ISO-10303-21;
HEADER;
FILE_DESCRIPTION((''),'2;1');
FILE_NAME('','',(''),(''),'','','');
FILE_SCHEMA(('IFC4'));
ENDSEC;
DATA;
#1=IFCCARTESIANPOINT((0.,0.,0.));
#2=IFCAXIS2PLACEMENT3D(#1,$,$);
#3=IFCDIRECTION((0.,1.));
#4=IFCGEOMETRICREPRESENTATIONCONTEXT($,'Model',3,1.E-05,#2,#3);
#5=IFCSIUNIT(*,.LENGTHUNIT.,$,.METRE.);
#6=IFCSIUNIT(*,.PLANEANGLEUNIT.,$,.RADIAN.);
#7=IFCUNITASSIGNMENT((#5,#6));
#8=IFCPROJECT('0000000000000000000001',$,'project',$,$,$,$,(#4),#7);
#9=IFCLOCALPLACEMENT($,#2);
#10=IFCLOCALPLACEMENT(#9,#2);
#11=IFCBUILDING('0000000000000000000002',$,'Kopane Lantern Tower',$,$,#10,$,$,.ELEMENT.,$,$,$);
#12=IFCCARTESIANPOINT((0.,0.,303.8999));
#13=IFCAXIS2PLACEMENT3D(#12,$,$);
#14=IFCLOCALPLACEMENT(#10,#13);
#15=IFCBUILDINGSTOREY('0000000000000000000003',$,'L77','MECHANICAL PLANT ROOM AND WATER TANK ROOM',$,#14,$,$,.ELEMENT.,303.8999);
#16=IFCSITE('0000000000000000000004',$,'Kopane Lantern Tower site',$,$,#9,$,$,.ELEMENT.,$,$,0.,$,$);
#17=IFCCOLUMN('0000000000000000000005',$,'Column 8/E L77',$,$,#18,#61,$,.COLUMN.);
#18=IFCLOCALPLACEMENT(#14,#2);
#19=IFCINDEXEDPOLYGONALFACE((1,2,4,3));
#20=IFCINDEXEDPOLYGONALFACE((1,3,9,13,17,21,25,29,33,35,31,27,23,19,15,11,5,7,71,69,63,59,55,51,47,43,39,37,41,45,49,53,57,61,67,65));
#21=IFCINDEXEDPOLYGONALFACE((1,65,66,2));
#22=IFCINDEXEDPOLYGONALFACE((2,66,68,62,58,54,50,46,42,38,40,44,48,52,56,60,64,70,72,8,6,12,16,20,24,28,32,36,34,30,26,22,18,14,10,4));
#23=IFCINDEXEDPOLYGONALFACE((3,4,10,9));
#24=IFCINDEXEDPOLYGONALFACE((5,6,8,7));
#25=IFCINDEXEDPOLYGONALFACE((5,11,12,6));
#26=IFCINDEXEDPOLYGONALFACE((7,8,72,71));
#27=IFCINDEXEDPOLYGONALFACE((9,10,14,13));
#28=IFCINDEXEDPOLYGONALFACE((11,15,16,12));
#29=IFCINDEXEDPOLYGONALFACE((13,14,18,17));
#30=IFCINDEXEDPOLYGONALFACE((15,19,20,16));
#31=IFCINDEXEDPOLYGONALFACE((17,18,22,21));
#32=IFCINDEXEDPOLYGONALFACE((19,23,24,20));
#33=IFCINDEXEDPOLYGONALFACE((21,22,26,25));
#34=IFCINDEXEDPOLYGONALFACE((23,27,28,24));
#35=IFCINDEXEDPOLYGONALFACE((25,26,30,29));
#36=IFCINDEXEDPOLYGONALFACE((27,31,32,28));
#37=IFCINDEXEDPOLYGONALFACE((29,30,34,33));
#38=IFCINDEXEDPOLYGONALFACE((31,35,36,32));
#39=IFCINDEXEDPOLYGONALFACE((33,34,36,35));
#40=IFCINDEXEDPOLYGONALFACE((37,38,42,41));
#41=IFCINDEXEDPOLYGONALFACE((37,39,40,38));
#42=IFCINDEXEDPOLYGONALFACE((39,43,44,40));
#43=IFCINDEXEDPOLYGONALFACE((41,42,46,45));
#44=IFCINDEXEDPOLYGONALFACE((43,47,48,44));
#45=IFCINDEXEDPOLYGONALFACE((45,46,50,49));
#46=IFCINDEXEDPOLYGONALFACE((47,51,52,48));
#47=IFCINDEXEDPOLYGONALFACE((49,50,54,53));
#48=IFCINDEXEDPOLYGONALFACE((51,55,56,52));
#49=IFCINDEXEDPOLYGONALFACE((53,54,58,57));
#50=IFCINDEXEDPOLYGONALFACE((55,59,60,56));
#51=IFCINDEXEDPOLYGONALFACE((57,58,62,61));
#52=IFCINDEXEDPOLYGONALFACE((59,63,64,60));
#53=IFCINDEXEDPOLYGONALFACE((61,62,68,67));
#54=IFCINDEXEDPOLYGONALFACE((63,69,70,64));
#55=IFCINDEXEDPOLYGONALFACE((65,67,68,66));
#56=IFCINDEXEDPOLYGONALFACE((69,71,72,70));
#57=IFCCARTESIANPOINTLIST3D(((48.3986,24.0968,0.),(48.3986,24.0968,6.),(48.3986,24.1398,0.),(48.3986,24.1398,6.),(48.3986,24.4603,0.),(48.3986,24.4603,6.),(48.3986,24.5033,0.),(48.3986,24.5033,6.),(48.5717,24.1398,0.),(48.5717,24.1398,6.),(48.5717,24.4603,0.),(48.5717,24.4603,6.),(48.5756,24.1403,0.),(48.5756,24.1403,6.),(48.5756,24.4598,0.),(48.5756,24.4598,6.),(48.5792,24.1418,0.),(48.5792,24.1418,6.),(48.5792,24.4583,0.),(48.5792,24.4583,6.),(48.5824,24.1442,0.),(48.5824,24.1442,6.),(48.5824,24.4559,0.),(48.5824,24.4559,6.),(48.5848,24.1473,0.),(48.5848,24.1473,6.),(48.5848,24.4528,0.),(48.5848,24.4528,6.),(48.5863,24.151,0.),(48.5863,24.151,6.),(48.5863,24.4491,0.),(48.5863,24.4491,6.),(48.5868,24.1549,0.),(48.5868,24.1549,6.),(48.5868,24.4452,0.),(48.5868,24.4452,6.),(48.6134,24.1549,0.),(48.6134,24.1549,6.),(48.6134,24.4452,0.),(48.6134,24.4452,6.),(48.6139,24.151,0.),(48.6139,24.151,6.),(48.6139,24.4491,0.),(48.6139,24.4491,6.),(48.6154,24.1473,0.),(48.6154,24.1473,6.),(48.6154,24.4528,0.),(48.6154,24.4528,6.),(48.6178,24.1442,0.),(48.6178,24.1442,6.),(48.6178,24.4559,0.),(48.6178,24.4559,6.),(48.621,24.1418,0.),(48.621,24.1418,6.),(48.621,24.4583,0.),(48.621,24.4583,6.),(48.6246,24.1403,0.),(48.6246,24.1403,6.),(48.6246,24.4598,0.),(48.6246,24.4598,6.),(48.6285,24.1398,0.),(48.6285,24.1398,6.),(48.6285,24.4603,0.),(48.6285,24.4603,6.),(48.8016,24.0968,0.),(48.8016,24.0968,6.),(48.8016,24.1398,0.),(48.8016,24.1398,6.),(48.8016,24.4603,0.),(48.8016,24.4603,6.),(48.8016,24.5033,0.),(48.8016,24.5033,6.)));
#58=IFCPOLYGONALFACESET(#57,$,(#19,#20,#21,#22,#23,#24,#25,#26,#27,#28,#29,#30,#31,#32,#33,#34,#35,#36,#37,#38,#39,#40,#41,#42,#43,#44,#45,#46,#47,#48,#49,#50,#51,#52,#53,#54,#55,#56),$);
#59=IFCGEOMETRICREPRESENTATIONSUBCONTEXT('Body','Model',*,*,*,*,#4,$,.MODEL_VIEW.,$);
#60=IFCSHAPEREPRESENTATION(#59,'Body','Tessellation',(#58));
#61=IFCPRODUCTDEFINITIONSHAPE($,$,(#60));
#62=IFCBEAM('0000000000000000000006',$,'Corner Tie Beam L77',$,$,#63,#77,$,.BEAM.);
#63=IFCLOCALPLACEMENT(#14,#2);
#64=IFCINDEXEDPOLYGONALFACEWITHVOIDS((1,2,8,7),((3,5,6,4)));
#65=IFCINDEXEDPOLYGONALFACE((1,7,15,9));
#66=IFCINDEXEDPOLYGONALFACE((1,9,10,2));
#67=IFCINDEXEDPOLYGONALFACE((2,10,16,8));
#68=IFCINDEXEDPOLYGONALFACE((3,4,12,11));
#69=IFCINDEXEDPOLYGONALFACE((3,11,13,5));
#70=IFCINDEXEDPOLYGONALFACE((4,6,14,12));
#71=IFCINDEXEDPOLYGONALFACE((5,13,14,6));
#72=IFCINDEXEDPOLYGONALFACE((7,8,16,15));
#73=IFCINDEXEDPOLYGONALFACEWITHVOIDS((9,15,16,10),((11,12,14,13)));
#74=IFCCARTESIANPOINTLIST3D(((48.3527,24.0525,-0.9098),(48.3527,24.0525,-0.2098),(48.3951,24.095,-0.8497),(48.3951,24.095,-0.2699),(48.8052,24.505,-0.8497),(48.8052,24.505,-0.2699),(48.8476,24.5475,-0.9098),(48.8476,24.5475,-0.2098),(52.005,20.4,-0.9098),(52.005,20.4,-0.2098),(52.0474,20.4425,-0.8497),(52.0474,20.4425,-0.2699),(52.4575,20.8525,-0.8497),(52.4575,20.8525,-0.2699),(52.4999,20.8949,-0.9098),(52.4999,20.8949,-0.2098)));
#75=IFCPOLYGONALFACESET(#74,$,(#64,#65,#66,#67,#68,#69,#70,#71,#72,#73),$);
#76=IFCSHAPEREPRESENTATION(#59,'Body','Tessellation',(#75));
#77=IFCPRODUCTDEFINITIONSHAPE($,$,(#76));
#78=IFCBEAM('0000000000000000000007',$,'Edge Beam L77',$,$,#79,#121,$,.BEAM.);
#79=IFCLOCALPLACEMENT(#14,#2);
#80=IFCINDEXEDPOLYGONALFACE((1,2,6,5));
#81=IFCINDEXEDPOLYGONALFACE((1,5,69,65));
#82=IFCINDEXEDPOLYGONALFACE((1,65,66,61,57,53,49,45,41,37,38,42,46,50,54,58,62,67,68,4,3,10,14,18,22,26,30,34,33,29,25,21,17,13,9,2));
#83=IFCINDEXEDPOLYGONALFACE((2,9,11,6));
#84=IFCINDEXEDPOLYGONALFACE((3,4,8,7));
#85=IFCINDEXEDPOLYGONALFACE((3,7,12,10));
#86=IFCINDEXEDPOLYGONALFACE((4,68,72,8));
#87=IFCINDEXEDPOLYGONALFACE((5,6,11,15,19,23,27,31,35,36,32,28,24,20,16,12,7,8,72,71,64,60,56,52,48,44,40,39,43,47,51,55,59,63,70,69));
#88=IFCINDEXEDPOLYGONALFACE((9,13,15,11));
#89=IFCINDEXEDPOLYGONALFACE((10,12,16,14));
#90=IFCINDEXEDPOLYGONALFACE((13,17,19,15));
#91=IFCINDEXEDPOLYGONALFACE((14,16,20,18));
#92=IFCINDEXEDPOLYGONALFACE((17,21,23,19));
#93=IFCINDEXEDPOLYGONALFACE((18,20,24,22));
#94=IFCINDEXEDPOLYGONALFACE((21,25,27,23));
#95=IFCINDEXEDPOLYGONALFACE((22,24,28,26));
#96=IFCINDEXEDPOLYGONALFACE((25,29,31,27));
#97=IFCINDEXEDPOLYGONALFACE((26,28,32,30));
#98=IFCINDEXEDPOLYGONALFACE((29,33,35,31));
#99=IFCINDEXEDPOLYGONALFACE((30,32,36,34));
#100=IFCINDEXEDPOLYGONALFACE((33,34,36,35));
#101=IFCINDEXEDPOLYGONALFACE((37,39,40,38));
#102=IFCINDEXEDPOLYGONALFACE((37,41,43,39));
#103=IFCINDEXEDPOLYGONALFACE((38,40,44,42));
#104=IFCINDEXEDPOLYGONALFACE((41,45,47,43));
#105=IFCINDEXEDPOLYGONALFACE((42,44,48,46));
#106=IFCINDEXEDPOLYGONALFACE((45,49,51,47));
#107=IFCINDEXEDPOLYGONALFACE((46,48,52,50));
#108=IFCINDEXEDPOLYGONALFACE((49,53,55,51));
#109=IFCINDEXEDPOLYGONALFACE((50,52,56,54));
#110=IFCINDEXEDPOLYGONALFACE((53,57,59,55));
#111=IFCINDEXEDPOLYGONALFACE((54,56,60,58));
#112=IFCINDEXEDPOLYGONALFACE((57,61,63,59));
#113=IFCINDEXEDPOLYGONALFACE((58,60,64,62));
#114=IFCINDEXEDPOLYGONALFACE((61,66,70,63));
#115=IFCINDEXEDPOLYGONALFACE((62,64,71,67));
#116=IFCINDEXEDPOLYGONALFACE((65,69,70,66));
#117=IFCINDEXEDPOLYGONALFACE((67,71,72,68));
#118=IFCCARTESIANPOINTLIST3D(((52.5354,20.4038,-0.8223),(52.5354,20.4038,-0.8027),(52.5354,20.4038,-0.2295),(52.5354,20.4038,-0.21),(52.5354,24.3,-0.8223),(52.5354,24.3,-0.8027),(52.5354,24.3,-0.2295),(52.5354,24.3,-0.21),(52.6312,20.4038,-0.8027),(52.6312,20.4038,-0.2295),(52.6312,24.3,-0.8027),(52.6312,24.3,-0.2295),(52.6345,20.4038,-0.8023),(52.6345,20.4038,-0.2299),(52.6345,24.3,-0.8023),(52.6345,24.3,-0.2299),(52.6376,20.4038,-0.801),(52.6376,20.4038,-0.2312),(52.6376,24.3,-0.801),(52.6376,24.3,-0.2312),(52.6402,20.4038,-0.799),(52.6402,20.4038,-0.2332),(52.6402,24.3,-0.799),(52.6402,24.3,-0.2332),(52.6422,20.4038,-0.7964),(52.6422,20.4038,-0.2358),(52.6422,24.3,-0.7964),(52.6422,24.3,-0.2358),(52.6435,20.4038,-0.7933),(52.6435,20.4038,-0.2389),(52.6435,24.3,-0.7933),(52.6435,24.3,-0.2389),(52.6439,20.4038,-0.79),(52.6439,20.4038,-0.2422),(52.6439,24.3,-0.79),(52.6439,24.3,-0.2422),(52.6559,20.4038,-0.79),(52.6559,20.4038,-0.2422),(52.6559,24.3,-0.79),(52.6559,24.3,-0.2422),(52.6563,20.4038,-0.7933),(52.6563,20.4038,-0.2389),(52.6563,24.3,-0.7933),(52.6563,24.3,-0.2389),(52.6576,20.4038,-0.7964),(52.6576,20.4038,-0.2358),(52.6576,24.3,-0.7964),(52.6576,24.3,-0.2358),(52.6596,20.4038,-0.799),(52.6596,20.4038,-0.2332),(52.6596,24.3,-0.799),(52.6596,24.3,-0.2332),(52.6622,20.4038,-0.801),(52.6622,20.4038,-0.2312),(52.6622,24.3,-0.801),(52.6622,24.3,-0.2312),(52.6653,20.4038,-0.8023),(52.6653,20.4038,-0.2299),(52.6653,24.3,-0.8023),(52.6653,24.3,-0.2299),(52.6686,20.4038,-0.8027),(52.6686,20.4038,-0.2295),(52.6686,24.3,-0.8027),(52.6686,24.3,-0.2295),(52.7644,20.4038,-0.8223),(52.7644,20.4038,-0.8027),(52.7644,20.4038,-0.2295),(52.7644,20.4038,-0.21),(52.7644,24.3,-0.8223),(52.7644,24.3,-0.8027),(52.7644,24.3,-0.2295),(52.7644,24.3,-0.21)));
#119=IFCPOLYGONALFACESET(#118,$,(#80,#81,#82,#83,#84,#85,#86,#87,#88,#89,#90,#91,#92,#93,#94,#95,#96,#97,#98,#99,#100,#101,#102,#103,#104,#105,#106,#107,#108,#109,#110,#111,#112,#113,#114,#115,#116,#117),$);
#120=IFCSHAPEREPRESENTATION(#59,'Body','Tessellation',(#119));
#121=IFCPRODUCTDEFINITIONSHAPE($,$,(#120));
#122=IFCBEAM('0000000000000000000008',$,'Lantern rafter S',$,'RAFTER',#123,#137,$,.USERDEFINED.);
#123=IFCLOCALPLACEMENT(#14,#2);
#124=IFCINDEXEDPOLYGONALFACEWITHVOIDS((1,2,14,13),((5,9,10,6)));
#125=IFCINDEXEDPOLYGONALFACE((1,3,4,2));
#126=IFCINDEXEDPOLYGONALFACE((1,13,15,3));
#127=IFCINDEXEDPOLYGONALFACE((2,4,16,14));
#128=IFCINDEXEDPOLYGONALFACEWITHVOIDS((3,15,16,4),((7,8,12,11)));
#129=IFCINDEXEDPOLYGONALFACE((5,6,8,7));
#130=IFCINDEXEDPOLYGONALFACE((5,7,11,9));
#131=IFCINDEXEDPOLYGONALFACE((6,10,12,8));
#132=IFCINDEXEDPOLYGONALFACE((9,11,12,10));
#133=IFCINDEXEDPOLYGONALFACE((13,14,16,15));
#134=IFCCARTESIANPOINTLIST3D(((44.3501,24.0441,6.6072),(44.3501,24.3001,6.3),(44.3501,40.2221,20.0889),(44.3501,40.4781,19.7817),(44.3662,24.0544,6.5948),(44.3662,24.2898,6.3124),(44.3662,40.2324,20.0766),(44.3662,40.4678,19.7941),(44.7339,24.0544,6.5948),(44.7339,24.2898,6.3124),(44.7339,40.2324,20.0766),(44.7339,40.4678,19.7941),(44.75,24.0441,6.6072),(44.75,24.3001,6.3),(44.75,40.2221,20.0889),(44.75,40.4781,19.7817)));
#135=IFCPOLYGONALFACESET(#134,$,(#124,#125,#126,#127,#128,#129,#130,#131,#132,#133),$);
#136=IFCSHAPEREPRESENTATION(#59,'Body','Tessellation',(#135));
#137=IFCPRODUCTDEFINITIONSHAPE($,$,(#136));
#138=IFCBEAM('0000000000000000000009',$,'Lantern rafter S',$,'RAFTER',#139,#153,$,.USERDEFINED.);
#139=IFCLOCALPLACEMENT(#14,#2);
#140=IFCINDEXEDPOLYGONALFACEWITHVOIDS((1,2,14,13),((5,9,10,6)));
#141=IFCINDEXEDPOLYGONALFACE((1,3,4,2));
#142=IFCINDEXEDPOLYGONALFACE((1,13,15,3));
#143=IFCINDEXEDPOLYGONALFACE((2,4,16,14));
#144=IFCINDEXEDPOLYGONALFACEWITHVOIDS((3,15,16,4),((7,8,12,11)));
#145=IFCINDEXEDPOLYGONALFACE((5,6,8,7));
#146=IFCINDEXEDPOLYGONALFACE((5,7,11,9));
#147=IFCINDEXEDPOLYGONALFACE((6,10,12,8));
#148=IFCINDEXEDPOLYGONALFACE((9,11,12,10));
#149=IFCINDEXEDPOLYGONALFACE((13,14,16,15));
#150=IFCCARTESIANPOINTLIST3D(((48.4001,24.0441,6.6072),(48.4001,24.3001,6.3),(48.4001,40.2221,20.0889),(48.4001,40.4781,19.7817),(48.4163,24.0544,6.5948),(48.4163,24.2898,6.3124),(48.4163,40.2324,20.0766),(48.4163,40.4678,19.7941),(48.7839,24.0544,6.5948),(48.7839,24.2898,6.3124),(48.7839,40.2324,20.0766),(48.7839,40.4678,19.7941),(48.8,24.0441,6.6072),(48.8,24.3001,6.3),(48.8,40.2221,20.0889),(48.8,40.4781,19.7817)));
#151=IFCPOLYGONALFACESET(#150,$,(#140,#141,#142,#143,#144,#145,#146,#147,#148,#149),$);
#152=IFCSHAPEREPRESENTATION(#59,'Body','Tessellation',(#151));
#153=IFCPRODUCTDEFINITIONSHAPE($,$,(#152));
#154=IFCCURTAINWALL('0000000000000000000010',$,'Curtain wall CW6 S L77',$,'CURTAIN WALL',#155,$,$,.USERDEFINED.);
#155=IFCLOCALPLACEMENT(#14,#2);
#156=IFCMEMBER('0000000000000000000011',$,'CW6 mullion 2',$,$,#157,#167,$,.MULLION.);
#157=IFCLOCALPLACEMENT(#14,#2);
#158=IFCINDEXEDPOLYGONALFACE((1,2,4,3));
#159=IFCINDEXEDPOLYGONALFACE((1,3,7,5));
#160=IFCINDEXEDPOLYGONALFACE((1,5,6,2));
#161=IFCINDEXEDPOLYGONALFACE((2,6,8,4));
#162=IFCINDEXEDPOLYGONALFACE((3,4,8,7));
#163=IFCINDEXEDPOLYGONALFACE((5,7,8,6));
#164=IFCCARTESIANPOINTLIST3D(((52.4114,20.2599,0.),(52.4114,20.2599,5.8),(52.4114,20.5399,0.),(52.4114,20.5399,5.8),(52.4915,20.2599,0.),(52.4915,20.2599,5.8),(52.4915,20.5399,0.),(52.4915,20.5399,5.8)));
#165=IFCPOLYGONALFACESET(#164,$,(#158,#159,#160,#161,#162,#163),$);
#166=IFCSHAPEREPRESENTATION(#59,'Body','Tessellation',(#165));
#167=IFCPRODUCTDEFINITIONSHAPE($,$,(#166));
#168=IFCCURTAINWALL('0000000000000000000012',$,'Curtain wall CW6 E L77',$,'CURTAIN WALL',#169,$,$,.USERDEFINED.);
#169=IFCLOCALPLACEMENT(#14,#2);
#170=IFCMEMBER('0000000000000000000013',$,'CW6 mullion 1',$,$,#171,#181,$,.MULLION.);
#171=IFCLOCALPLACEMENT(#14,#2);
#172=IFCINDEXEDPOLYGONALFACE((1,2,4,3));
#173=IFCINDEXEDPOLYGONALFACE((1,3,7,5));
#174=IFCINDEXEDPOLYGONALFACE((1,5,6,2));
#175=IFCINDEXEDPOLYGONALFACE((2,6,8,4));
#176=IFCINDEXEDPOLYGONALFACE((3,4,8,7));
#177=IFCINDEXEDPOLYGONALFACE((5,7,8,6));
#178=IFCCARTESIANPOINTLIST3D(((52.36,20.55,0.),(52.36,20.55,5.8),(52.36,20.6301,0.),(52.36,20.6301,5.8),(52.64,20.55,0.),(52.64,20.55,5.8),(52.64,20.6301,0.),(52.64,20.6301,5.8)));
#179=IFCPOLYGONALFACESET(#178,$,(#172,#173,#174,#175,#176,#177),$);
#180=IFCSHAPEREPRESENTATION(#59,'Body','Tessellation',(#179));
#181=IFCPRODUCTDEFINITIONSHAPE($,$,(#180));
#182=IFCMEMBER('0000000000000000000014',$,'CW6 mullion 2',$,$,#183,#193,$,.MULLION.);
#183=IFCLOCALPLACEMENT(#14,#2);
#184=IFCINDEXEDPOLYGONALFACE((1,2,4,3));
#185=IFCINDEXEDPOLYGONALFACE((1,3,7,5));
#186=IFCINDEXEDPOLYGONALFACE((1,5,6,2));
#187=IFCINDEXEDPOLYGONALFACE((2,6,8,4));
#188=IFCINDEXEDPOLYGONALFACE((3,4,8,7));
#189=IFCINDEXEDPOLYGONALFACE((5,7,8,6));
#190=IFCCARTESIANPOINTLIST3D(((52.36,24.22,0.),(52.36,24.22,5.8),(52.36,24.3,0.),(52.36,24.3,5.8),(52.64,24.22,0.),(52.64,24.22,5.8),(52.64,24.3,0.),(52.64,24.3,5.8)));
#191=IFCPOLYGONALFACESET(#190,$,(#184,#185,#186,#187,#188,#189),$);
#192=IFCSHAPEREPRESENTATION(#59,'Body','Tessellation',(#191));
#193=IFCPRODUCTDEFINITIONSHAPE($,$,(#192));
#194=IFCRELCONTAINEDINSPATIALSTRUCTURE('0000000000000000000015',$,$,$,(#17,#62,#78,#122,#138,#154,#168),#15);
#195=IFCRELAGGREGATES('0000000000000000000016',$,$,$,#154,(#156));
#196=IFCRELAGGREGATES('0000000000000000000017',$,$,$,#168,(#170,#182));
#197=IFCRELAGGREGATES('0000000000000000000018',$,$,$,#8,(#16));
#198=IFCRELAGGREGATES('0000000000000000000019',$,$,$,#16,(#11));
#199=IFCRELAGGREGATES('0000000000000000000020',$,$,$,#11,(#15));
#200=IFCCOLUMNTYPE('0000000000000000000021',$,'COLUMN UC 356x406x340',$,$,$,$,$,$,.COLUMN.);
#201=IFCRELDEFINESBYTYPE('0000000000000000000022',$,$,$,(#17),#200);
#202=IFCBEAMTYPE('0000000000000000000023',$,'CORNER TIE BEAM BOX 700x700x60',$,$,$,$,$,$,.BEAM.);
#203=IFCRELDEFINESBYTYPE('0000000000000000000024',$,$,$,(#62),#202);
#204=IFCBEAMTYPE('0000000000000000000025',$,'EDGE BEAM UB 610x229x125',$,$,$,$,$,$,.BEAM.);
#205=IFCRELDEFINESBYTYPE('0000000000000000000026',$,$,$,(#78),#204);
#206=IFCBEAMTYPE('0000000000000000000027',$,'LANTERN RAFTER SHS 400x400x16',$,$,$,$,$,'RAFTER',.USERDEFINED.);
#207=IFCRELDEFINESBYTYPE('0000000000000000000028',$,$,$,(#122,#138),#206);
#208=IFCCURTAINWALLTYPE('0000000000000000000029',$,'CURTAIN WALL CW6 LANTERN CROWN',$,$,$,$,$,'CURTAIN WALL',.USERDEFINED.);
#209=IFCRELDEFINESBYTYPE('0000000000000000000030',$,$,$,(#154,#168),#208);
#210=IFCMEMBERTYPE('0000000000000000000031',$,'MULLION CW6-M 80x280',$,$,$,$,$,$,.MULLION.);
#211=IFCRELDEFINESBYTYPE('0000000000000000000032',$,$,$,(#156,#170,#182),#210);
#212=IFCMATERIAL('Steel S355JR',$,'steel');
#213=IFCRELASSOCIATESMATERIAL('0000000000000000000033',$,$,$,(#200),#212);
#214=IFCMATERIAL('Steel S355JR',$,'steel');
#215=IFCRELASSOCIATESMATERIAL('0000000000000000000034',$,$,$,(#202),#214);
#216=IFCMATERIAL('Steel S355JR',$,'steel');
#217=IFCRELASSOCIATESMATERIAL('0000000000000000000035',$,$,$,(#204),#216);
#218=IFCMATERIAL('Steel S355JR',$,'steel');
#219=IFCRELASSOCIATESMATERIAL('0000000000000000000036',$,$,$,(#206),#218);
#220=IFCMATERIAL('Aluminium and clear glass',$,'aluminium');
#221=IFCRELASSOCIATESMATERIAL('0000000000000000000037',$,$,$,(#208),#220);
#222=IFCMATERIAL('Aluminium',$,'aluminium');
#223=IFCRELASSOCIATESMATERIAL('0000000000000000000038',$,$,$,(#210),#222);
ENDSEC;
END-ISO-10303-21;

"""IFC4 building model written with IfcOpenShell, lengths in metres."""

from ifc_helpers import new_model, si_unit, direction, frame, origin, origin_2d, place, context, subcontext, project, spatial, rectangle, hollow_rectangle, i_section, extrude, material, material_profile, profile_set, type_object, element, aggregate, save


model = new_model("IFC4")

# Units and contexts
model_context = context("Model", 3, precision=1e-05, world=origin(), true_north=direction((0.0, 1.0)))
body_context = subcontext(model_context, "Body", "Model", "MODEL_VIEW")
ifc_project = project(units=[si_unit("LENGTHUNIT", "METRE"), si_unit("PLANEANGLEUNIT", "RADIAN")], contexts=[model_context])

# Site, building, storey
site_placement = place(None, origin())
site = spatial("IfcSite", under=ifc_project, at=site_placement, Name="Kopane Lantern Tower site", CompositionType="ELEMENT", RefElevation=0.0)
building_placement = place(site_placement, origin())
building = spatial("IfcBuilding", under=site, at=building_placement, Name="Kopane Lantern Tower", CompositionType="ELEMENT")
storey_placement = place(building_placement, frame((0.0, 0.0, 303.8999)))
storey = spatial("IfcBuildingStorey", under=building, at=storey_placement, Name="L77", Description="MECHANICAL PLANT ROOM AND WATER TANK ROOM", CompositionType="ELEMENT", Elevation=303.8999)

# Column
ifc_material_1 = material(Name="Steel S355JR", Category="steel")
ifc_material_profile_1 = material_profile(ifc_material_1, i_section(OverallWidth=0.4031, OverallDepth=0.4065, WebThickness=0.0266, FlangeThickness=0.043, FilletRadius=0.0151, at=origin_2d()), Name="UC 356x406x340")
ifc_profile_set_1 = profile_set([ifc_material_profile_1], Name="Steel S355JR")
column_type = type_object("IfcColumnType", Name="COLUMN UC 356x406x340", PredefinedType="COLUMN", material=ifc_profile_set_1)
column_placement = place(storey_placement, frame((48.6001, 24.3, 0.0), z_axis=(0.0, 0.0, 1.0), x_axis=(1.0, 0.0, 0.0)))
element("IfcColumn", 1, at=column_placement, inside=storey, type_object=column_type, Name="Column 8/E L77", PredefinedType="COLUMN", context=body_context, shape_type="SweptSolid", body=[
    extrude(i_section(OverallWidth=0.4031, OverallDepth=0.4065, WebThickness=0.0266, FlangeThickness=0.043, FilletRadius=0.0151, at=origin_2d()), origin(), (0.0, 0.0, 1.0), 6.0),
])

# Beams
ifc_material_2 = material(Name="Steel S355JR", Category="steel")
ifc_material_profile_2 = material_profile(ifc_material_2, hollow_rectangle(XDim=0.7, YDim=0.7, WallThickness=0.0601, at=origin_2d()), Name="BOX 700x700x60")
ifc_profile_set_2 = profile_set([ifc_material_profile_2], Name="Steel S355JR")
beam_type_1 = type_object("IfcBeamType", Name="CORNER TIE BEAM BOX 700x700x60", PredefinedType="BEAM", material=ifc_profile_set_2)
beam_1_placement = place(storey_placement, frame((52.2524, 20.6475, -0.5598), z_axis=(-0.707083, 0.70713, 0.0), x_axis=(-0.70713, -0.707083, 0.0)))
element("IfcBeam", 2, at=beam_1_placement, inside=storey, type_object=beam_type_1, Name="Corner Tie Beam L77", PredefinedType="BEAM", context=body_context, shape_type="SweptSolid", body=[
    extrude(hollow_rectangle(XDim=0.7, YDim=0.7, WallThickness=0.0601, at=origin_2d()), origin(), (0.0, 0.0, 1.0), 5.1653),
])
ifc_material_3 = material(Name="Steel S355JR", Category="steel")
ifc_material_profile_3 = material_profile(ifc_material_3, i_section(OverallWidth=0.229, OverallDepth=0.6123, WebThickness=0.012, FlangeThickness=0.0195, FilletRadius=0.0127, at=origin_2d()), Name="UB 610x229x125")
ifc_profile_set_3 = profile_set([ifc_material_profile_3], Name="Steel S355JR")
beam_type_2 = type_object("IfcBeamType", Name="EDGE BEAM UB 610x229x125", PredefinedType="BEAM", material=ifc_profile_set_3)
beam_2_placement = place(storey_placement, frame((52.6499, 20.4038, -0.5161), z_axis=(0.0, 1.0, 0.0), x_axis=(-1.0, 0.0, 0.0)))
element("IfcBeam", 3, at=beam_2_placement, inside=storey, type_object=beam_type_2, Name="Edge Beam L77", PredefinedType="BEAM", context=body_context, shape_type="SweptSolid", body=[
    extrude(i_section(OverallWidth=0.229, OverallDepth=0.6123, WebThickness=0.012, FlangeThickness=0.0195, FilletRadius=0.0127, at=origin_2d()), origin(), (0.0, 0.0, 1.0), 3.8962),
])
ifc_material_4 = material(Name="Steel S355JR", Category="steel")
ifc_material_profile_4 = material_profile(ifc_material_4, hollow_rectangle(XDim=0.3999, YDim=0.3999, WallThickness=0.0161, at=origin_2d()), Name="RHS 400x400x16")
ifc_profile_set_4 = profile_set([ifc_material_profile_4], Name="Steel S355JR")
beam_type_3 = type_object("IfcBeamType", Name="LANTERN RAFTER SHS 400x400x16", ElementType="RAFTER", PredefinedType="USERDEFINED", material=ifc_profile_set_4)
for number, where, z_axis, x_axis, name in (
    (4, (44.55, 24.1721, 6.4536), (0.0, 0.76822, 0.640186), (-1.0, 0.0, 0.0), "Lantern rafter S"),
    (5, (48.6001, 24.1721, 6.4536), (0.0, 0.76822, 0.640186), (-1.0, 0.0, 0.0), "Lantern rafter S"),
):
    element("IfcBeam", number, at=place(storey_placement, frame(where, z_axis=z_axis, x_axis=x_axis)), inside=storey, type_object=beam_type_3, Name=name, ObjectType="RAFTER", PredefinedType="USERDEFINED", context=body_context, shape_type="SweptSolid", body=[
        extrude(hollow_rectangle(XDim=0.3999, YDim=0.3999, WallThickness=0.0161, at=origin_2d()), origin(), (0.0, 0.0, 1.0), 21.0591),
    ])

# Curtain wall, member
ifc_material_5 = material(Name="Aluminium and clear glass", Category="aluminium")
curtain_wall_type = type_object("IfcCurtainWallType", Name="CURTAIN WALL CW6 LANTERN CROWN", ElementType="CURTAIN WALL", PredefinedType="USERDEFINED", material=ifc_material_5)
curtain_wall_1_placement = place(storey_placement, origin())
curtain_wall_1 = element("IfcCurtainWall", 6, at=curtain_wall_1_placement, inside=storey, type_object=curtain_wall_type, Name="Curtain wall CW6 S L77", ObjectType="CURTAIN WALL", PredefinedType="USERDEFINED")
ifc_material_6 = material(Name="Aluminium", Category="aluminium")
ifc_material_profile_5 = material_profile(ifc_material_6, rectangle(XDim=0.0801, YDim=0.28, at=origin_2d()), Name="AL 80x280")
ifc_profile_set_5 = profile_set([ifc_material_profile_5], Name="Aluminium")
member_type_1 = type_object("IfcMemberType", Name="MULLION CW6-M 80x280", PredefinedType="MULLION", material=ifc_profile_set_5)
member_1_placement = place(storey_placement, frame((52.4514, 20.3999, 0.0), z_axis=(0.0, 0.0, 1.0), x_axis=(1.0, 0.0, 0.0)))
member_1 = element("IfcMember", 7, at=member_1_placement, type_object=member_type_1, Name="CW6 mullion 2", PredefinedType="MULLION", context=body_context, shape_type="SweptSolid", body=[
    extrude(rectangle(XDim=0.0801, YDim=0.28, at=origin_2d()), origin(), (0.0, 0.0, 1.0), 5.8),
])

# Curtain wall, members
curtain_wall_2_placement = place(storey_placement, origin())
curtain_wall_2 = element("IfcCurtainWall", 8, at=curtain_wall_2_placement, inside=storey, type_object=curtain_wall_type, Name="Curtain wall CW6 E L77", ObjectType="CURTAIN WALL", PredefinedType="USERDEFINED")
member_2_placement = place(storey_placement, frame((52.5, 20.5901, 0.0), z_axis=(0.0, 0.0, 1.0), x_axis=(0.0, 1.0, 0.0)))
member_2 = element("IfcMember", 9, at=member_2_placement, type_object=member_type_1, Name="CW6 mullion 1", PredefinedType="MULLION", context=body_context, shape_type="SweptSolid", body=[
    extrude(rectangle(XDim=0.0801, YDim=0.28, at=origin_2d()), origin(), (0.0, 0.0, 1.0), 5.8),
])
member_3_placement = place(storey_placement, frame((52.5, 24.26, 0.0), z_axis=(0.0, 0.0, 1.0), x_axis=(0.0, 1.0, 0.0)))
member_3 = element("IfcMember", 10, at=member_3_placement, type_object=member_type_1, Name="CW6 mullion 2", PredefinedType="MULLION", context=body_context, shape_type="SweptSolid", body=[
    extrude(rectangle(XDim=0.0801, YDim=0.28, at=origin_2d()), origin(), (0.0, 0.0, 1.0), 5.8),
])

aggregate(curtain_wall_1, [member_1])
aggregate(curtain_wall_2, [member_2, member_3])

save(model, "model.ifc")
